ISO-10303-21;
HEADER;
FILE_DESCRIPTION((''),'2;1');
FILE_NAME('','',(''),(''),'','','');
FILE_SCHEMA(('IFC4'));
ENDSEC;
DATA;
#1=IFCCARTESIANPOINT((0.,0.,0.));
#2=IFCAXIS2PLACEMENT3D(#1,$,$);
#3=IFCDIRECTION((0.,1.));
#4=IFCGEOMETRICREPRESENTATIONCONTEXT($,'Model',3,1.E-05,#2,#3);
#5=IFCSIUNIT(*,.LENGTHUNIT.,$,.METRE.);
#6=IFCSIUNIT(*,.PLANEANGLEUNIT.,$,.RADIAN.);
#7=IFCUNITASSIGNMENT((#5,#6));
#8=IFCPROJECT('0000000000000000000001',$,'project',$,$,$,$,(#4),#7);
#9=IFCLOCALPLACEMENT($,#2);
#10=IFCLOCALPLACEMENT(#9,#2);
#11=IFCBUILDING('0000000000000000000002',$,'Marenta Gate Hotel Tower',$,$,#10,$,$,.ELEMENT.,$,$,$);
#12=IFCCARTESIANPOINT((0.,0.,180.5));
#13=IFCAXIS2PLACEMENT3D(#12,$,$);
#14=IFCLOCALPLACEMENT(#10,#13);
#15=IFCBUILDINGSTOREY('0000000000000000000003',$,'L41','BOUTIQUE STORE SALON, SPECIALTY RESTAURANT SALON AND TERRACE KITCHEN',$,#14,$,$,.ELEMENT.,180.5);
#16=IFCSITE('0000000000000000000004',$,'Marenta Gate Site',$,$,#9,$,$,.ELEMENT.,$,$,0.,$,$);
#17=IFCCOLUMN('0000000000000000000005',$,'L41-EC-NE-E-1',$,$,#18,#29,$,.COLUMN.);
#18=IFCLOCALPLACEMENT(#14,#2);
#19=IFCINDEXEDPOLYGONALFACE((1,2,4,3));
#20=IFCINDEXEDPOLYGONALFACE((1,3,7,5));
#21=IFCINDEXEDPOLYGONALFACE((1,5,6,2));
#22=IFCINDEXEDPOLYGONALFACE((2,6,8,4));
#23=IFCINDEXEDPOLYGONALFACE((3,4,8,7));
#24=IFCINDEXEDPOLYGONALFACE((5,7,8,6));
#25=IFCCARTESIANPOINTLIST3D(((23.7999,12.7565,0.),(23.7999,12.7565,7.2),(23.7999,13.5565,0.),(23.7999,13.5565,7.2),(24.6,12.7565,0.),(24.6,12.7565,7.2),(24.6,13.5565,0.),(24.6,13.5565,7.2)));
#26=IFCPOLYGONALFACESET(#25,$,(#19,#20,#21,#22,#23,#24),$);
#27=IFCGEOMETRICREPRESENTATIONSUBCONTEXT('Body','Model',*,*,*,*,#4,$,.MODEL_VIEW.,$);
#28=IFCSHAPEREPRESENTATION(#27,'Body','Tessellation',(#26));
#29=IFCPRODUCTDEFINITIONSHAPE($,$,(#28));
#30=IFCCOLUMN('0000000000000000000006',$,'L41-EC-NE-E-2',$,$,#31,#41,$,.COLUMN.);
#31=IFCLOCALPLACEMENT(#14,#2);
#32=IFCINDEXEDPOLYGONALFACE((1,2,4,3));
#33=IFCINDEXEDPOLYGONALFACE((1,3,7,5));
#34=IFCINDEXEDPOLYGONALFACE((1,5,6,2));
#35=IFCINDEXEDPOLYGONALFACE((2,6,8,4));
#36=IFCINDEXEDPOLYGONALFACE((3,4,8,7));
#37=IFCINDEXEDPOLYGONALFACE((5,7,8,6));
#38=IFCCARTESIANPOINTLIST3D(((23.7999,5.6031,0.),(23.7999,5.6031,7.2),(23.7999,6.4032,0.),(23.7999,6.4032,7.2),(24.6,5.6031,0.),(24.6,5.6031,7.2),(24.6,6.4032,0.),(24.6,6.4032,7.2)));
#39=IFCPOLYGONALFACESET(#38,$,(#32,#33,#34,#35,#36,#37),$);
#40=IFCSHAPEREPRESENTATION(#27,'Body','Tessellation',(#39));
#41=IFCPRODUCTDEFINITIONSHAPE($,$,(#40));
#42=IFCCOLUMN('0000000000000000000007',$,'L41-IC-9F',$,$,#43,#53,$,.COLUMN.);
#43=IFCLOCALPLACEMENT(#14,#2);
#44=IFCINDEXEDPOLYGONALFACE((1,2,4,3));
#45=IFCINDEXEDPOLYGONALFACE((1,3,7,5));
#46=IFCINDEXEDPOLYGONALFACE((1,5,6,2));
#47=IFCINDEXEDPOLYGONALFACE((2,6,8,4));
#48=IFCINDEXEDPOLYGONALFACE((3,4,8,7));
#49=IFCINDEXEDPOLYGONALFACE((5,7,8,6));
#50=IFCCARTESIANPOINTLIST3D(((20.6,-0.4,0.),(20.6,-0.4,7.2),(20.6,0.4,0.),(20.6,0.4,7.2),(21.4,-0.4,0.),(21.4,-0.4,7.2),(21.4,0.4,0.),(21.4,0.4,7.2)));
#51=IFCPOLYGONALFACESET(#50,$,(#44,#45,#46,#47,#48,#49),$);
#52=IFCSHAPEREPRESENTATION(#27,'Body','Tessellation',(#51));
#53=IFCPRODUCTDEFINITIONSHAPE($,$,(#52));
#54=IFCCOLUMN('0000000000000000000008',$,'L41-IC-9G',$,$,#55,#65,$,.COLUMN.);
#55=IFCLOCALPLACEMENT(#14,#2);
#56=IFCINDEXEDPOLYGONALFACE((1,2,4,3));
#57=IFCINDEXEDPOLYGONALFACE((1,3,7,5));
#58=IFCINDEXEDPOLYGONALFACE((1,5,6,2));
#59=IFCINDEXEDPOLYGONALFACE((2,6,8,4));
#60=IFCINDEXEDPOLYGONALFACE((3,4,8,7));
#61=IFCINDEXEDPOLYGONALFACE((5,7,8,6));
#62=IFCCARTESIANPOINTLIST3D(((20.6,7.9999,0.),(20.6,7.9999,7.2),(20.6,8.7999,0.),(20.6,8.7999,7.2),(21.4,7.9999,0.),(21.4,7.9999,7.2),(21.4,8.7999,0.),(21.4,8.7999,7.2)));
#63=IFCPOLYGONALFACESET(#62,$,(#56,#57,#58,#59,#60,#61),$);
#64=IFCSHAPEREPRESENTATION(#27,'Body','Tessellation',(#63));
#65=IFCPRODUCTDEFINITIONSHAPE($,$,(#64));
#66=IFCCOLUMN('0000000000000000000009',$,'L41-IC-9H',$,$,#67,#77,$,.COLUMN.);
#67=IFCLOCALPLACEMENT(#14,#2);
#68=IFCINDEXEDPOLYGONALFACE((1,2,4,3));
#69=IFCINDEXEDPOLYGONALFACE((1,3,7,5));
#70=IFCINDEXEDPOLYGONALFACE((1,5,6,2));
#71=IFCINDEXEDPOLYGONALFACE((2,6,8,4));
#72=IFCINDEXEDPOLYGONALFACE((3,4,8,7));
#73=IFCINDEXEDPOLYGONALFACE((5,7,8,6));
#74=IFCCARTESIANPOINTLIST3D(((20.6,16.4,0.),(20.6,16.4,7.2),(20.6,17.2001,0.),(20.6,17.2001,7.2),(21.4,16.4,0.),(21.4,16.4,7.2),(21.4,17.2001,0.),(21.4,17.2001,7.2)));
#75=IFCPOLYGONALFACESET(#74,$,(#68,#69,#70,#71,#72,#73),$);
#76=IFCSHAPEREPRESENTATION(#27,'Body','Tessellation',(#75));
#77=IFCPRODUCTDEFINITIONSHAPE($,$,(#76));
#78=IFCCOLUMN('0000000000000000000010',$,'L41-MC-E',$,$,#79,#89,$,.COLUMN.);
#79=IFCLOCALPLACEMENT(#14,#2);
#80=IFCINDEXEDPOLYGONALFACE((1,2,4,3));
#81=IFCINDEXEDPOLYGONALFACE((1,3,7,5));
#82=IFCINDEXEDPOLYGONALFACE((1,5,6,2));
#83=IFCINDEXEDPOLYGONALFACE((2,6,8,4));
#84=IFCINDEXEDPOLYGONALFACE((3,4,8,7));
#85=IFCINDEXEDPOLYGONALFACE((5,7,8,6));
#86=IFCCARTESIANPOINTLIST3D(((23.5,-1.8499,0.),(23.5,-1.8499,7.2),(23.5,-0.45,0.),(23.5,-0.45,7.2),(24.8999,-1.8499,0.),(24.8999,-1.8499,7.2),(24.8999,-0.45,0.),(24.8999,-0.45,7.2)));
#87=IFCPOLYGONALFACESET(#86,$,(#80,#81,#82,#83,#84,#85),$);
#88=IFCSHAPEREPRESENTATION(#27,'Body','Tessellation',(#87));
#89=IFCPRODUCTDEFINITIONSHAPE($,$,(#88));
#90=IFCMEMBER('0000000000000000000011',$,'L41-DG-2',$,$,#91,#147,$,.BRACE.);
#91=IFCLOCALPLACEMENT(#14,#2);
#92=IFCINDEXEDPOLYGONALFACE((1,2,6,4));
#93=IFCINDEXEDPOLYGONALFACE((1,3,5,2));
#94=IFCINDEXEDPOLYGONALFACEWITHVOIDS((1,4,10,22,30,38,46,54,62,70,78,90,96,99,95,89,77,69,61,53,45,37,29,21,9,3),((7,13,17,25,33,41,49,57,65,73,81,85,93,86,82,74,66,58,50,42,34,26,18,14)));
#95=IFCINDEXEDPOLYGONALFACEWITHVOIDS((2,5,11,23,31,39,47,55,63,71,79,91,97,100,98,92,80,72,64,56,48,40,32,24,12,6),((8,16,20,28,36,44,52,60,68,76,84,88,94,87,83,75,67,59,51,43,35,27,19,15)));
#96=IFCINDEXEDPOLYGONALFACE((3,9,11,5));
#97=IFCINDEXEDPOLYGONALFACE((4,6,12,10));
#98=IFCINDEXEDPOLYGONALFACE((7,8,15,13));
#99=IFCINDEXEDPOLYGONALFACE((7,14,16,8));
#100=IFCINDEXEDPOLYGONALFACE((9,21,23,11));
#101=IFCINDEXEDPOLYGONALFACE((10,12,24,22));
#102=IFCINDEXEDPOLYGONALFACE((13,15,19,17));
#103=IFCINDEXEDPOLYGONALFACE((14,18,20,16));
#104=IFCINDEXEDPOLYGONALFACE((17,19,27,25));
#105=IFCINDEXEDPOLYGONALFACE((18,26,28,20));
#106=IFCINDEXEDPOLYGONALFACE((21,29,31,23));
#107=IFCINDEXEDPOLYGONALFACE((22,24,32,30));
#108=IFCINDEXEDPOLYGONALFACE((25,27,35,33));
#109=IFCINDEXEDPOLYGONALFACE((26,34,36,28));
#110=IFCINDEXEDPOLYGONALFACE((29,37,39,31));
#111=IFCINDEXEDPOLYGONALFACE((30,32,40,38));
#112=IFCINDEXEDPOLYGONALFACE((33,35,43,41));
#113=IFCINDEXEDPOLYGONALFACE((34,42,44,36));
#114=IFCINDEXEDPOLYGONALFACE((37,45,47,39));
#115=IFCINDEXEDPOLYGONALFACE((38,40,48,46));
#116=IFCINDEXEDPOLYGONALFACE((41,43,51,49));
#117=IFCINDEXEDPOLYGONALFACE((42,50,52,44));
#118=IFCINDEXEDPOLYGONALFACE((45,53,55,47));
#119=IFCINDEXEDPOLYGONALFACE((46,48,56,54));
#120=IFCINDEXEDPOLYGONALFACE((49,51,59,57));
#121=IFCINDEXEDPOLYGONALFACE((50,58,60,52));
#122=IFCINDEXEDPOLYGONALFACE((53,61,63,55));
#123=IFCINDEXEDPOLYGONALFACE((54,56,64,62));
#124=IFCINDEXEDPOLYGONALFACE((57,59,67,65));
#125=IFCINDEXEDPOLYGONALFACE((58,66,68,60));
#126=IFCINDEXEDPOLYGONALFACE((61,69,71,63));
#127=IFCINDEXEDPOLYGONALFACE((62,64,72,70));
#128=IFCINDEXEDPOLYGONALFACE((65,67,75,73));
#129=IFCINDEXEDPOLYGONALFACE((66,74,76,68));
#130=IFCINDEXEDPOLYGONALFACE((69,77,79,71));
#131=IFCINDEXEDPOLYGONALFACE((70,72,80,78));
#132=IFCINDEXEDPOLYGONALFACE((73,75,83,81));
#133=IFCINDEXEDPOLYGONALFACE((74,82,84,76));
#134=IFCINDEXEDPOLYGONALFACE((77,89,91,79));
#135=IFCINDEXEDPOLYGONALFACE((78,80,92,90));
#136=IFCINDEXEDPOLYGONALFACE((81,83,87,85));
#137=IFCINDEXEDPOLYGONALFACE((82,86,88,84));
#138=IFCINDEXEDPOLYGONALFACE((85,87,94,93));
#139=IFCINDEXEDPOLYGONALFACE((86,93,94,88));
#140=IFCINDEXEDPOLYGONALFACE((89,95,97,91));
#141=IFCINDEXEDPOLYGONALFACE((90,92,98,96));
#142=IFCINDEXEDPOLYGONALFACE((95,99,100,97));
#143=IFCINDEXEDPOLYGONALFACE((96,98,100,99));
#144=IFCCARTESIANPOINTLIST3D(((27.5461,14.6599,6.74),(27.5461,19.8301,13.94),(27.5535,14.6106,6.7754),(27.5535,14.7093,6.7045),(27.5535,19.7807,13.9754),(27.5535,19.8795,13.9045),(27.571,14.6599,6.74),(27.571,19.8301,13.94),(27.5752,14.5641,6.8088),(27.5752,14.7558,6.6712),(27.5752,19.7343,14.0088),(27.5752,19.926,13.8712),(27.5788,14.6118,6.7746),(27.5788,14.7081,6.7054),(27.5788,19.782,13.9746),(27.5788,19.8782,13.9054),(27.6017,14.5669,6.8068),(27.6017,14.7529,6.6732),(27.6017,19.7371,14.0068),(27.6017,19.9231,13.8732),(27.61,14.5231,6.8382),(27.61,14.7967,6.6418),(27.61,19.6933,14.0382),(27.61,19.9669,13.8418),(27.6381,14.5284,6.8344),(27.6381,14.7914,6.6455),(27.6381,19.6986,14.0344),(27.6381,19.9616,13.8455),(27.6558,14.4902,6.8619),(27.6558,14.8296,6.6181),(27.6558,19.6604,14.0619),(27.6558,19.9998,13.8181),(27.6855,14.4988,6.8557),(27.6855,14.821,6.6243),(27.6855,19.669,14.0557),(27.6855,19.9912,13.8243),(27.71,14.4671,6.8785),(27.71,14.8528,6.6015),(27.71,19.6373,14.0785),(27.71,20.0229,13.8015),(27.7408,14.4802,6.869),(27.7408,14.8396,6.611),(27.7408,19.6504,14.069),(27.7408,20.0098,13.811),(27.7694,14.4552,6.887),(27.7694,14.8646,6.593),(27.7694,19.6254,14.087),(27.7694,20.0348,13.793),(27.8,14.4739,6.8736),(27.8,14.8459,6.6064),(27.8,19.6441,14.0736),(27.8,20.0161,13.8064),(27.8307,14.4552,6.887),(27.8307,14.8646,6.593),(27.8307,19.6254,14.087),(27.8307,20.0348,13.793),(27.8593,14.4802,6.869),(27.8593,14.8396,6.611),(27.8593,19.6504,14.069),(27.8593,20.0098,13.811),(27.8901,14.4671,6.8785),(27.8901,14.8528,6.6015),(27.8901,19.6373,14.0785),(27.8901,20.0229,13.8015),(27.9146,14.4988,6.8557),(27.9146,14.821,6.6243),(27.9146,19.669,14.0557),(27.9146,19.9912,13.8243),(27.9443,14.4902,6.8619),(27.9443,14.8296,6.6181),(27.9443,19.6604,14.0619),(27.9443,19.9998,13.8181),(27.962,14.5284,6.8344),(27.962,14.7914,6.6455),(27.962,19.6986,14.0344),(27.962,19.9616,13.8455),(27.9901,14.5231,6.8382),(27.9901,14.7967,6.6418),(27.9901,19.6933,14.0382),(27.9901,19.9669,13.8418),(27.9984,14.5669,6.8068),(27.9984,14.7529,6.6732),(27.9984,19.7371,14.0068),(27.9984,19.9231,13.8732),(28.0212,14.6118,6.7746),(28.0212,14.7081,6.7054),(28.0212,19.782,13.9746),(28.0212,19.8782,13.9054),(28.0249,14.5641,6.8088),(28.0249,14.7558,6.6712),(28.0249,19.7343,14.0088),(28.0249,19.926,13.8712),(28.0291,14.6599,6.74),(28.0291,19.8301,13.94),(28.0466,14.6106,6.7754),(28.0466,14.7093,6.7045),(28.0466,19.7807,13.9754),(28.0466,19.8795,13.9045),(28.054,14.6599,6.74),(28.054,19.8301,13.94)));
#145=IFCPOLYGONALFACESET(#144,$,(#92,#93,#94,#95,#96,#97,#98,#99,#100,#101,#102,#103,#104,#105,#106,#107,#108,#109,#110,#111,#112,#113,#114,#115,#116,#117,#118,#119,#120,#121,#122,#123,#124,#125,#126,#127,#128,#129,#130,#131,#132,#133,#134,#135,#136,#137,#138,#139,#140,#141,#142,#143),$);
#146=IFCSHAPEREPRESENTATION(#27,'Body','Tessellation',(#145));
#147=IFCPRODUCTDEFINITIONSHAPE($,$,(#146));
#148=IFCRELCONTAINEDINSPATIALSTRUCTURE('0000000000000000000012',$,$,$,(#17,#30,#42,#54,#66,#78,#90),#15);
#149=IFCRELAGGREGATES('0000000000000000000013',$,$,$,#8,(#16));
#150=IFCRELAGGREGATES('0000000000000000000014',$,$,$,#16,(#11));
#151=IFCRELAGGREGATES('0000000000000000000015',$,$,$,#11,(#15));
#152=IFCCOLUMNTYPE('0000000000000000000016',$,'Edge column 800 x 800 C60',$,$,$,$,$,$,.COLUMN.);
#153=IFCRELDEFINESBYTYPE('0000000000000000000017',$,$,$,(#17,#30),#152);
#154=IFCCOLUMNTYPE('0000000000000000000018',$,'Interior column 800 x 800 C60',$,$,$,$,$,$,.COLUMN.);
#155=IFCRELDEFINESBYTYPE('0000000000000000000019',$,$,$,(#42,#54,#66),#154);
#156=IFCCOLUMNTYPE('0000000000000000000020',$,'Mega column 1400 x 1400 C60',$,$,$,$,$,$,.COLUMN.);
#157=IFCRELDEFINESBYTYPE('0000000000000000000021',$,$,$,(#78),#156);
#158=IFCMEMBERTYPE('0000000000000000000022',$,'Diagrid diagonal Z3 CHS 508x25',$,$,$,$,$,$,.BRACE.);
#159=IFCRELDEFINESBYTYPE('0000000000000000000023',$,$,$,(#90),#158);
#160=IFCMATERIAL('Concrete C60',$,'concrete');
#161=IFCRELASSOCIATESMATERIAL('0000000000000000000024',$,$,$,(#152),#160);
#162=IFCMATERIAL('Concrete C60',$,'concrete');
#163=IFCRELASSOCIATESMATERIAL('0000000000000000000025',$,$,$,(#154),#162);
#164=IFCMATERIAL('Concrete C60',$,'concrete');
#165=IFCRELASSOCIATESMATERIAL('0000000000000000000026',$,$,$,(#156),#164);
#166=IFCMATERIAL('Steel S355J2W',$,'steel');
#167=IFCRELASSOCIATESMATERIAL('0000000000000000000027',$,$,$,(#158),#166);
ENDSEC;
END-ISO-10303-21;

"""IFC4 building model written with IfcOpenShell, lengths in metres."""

from ifc_helpers import new_model, si_unit, direction, frame, origin, origin_2d, place, context, subcontext, project, spatial, rectangle, hollow_circle, extrude, material, material_profile, profile_set, type_object, element, save


model = new_model("IFC4")

# Units and contexts
model_context = context("Model", 3, precision=1e-05, world=origin(), true_north=direction((0.0, 1.0)))
body_context = subcontext(model_context, "Body", "Model", "MODEL_VIEW")
ifc_project = project(units=[si_unit("LENGTHUNIT", "METRE"), si_unit("PLANEANGLEUNIT", "RADIAN")], contexts=[model_context])

# Site, building, storey
site_placement = place(None, origin())
site = spatial("IfcSite", under=ifc_project, at=site_placement, Name="Marenta Gate Site", CompositionType="ELEMENT", RefElevation=0.0)
building_placement = place(site_placement, origin())
building = spatial("IfcBuilding", under=site, at=building_placement, Name="Marenta Gate Hotel Tower", CompositionType="ELEMENT")
storey_placement = place(building_placement, frame((0.0, 0.0, 180.5)))
storey = spatial("IfcBuildingStorey", under=building, at=storey_placement, Name="L41", Description="BOUTIQUE STORE SALON, SPECIALTY RESTAURANT SALON AND TERRACE KITCHEN", CompositionType="ELEMENT", Elevation=180.5)

# Columns
ifc_material_1 = material(Name="Concrete C60", Category="concrete")
ifc_material_profile_1 = material_profile(ifc_material_1, rectangle(XDim=0.8, YDim=0.8, at=origin_2d()), Name="800 x 800")
ifc_profile_set_1 = profile_set([ifc_material_profile_1], Name="Concrete C60")
column_type_1 = type_object("IfcColumnType", Name="Edge column 800 x 800 C60", PredefinedType="COLUMN", material=ifc_profile_set_1)
for number, where, z_axis, x_axis, name in (
    (1, (24.2, 13.1565, 0.0), (0.0, 0.0, 1.0), (1.0, 0.0, 0.0), "L41-EC-NE-E-1"),
    (2, (24.2, 6.0032, 0.0), (0.0, 0.0, 1.0), (1.0, 0.0, 0.0), "L41-EC-NE-E-2"),
):
    element("IfcColumn", number, at=place(storey_placement, frame(where, z_axis=z_axis, x_axis=x_axis)), inside=storey, type_object=column_type_1, Name=name, PredefinedType="COLUMN", context=body_context, shape_type="SweptSolid", body=[
        extrude(rectangle(XDim=0.8, YDim=0.8, at=origin_2d()), origin(), (0.0, 0.0, 1.0), 7.2),
    ])
ifc_material_2 = material(Name="Concrete C60", Category="concrete")
ifc_material_profile_2 = material_profile(ifc_material_2, rectangle(XDim=0.8, YDim=0.8, at=origin_2d()), Name="800 x 800")
ifc_profile_set_2 = profile_set([ifc_material_profile_2], Name="Concrete C60")
column_type_2 = type_object("IfcColumnType", Name="Interior column 800 x 800 C60", PredefinedType="COLUMN", material=ifc_profile_set_2)
for number, where, z_axis, x_axis, name in (
    (3, (21.0, 0.0, 0.0), (0.0, 0.0, 1.0), (1.0, 0.0, 0.0), "L41-IC-9F"),
    (4, (21.0, 8.3999, 0.0), (0.0, 0.0, 1.0), (1.0, 0.0, 0.0), "L41-IC-9G"),
    (5, (21.0, 16.8, 0.0), (0.0, 0.0, 1.0), (1.0, 0.0, 0.0), "L41-IC-9H"),
):
    element("IfcColumn", number, at=place(storey_placement, frame(where, z_axis=z_axis, x_axis=x_axis)), inside=storey, type_object=column_type_2, Name=name, PredefinedType="COLUMN", context=body_context, shape_type="SweptSolid", body=[
        extrude(rectangle(XDim=0.8, YDim=0.8, at=origin_2d()), origin(), (0.0, 0.0, 1.0), 7.2),
    ])
ifc_material_3 = material(Name="Concrete C60", Category="concrete")
ifc_material_profile_3 = material_profile(ifc_material_3, rectangle(XDim=1.3999, YDim=1.3999, at=origin_2d()), Name="1400 x 1400")
ifc_profile_set_3 = profile_set([ifc_material_profile_3], Name="Concrete C60")
column_type_3 = type_object("IfcColumnType", Name="Mega column 1400 x 1400 C60", PredefinedType="COLUMN", material=ifc_profile_set_3)
column_placement = place(storey_placement, frame((24.2, -1.1499, 0.0), z_axis=(0.0, 0.0, 1.0), x_axis=(1.0, 0.0, 0.0)))
element("IfcColumn", 6, at=column_placement, inside=storey, type_object=column_type_3, Name="L41-MC-E", PredefinedType="COLUMN", context=body_context, shape_type="SweptSolid", body=[
    extrude(rectangle(XDim=1.3999, YDim=1.3999, at=origin_2d()), origin(), (0.0, 0.0, 1.0), 7.2),
])

# Member
ifc_material_4 = material(Name="Steel S355J2W", Category="steel")
ifc_material_profile_4 = material_profile(ifc_material_4, hollow_circle(Radius=0.2539, WallThickness=0.0249, at=origin_2d()), Name="CHS 508x25")
ifc_profile_set_4 = profile_set([ifc_material_profile_4], Name="Steel S355J2W")
member_type_1 = type_object("IfcMemberType", Name="Diagrid diagonal Z3 CHS 508x25", PredefinedType="BRACE", material=ifc_profile_set_4)
member_1_placement = place(storey_placement, frame((27.8, 14.6599, 6.74), z_axis=(0.0, 0.583279, 0.812272), x_axis=(-1.0, 0.0, 0.0)))
element("IfcMember", 7, at=member_1_placement, inside=storey, type_object=member_type_1, Name="L41-DG-2", PredefinedType="BRACE", context=body_context, shape_type="SweptSolid", body=[
    extrude(hollow_circle(Radius=0.2539, WallThickness=0.0249, at=origin_2d()), origin(), (0.0, 0.0, 1.0), 8.864),
])

save(model, "model.ifc")
